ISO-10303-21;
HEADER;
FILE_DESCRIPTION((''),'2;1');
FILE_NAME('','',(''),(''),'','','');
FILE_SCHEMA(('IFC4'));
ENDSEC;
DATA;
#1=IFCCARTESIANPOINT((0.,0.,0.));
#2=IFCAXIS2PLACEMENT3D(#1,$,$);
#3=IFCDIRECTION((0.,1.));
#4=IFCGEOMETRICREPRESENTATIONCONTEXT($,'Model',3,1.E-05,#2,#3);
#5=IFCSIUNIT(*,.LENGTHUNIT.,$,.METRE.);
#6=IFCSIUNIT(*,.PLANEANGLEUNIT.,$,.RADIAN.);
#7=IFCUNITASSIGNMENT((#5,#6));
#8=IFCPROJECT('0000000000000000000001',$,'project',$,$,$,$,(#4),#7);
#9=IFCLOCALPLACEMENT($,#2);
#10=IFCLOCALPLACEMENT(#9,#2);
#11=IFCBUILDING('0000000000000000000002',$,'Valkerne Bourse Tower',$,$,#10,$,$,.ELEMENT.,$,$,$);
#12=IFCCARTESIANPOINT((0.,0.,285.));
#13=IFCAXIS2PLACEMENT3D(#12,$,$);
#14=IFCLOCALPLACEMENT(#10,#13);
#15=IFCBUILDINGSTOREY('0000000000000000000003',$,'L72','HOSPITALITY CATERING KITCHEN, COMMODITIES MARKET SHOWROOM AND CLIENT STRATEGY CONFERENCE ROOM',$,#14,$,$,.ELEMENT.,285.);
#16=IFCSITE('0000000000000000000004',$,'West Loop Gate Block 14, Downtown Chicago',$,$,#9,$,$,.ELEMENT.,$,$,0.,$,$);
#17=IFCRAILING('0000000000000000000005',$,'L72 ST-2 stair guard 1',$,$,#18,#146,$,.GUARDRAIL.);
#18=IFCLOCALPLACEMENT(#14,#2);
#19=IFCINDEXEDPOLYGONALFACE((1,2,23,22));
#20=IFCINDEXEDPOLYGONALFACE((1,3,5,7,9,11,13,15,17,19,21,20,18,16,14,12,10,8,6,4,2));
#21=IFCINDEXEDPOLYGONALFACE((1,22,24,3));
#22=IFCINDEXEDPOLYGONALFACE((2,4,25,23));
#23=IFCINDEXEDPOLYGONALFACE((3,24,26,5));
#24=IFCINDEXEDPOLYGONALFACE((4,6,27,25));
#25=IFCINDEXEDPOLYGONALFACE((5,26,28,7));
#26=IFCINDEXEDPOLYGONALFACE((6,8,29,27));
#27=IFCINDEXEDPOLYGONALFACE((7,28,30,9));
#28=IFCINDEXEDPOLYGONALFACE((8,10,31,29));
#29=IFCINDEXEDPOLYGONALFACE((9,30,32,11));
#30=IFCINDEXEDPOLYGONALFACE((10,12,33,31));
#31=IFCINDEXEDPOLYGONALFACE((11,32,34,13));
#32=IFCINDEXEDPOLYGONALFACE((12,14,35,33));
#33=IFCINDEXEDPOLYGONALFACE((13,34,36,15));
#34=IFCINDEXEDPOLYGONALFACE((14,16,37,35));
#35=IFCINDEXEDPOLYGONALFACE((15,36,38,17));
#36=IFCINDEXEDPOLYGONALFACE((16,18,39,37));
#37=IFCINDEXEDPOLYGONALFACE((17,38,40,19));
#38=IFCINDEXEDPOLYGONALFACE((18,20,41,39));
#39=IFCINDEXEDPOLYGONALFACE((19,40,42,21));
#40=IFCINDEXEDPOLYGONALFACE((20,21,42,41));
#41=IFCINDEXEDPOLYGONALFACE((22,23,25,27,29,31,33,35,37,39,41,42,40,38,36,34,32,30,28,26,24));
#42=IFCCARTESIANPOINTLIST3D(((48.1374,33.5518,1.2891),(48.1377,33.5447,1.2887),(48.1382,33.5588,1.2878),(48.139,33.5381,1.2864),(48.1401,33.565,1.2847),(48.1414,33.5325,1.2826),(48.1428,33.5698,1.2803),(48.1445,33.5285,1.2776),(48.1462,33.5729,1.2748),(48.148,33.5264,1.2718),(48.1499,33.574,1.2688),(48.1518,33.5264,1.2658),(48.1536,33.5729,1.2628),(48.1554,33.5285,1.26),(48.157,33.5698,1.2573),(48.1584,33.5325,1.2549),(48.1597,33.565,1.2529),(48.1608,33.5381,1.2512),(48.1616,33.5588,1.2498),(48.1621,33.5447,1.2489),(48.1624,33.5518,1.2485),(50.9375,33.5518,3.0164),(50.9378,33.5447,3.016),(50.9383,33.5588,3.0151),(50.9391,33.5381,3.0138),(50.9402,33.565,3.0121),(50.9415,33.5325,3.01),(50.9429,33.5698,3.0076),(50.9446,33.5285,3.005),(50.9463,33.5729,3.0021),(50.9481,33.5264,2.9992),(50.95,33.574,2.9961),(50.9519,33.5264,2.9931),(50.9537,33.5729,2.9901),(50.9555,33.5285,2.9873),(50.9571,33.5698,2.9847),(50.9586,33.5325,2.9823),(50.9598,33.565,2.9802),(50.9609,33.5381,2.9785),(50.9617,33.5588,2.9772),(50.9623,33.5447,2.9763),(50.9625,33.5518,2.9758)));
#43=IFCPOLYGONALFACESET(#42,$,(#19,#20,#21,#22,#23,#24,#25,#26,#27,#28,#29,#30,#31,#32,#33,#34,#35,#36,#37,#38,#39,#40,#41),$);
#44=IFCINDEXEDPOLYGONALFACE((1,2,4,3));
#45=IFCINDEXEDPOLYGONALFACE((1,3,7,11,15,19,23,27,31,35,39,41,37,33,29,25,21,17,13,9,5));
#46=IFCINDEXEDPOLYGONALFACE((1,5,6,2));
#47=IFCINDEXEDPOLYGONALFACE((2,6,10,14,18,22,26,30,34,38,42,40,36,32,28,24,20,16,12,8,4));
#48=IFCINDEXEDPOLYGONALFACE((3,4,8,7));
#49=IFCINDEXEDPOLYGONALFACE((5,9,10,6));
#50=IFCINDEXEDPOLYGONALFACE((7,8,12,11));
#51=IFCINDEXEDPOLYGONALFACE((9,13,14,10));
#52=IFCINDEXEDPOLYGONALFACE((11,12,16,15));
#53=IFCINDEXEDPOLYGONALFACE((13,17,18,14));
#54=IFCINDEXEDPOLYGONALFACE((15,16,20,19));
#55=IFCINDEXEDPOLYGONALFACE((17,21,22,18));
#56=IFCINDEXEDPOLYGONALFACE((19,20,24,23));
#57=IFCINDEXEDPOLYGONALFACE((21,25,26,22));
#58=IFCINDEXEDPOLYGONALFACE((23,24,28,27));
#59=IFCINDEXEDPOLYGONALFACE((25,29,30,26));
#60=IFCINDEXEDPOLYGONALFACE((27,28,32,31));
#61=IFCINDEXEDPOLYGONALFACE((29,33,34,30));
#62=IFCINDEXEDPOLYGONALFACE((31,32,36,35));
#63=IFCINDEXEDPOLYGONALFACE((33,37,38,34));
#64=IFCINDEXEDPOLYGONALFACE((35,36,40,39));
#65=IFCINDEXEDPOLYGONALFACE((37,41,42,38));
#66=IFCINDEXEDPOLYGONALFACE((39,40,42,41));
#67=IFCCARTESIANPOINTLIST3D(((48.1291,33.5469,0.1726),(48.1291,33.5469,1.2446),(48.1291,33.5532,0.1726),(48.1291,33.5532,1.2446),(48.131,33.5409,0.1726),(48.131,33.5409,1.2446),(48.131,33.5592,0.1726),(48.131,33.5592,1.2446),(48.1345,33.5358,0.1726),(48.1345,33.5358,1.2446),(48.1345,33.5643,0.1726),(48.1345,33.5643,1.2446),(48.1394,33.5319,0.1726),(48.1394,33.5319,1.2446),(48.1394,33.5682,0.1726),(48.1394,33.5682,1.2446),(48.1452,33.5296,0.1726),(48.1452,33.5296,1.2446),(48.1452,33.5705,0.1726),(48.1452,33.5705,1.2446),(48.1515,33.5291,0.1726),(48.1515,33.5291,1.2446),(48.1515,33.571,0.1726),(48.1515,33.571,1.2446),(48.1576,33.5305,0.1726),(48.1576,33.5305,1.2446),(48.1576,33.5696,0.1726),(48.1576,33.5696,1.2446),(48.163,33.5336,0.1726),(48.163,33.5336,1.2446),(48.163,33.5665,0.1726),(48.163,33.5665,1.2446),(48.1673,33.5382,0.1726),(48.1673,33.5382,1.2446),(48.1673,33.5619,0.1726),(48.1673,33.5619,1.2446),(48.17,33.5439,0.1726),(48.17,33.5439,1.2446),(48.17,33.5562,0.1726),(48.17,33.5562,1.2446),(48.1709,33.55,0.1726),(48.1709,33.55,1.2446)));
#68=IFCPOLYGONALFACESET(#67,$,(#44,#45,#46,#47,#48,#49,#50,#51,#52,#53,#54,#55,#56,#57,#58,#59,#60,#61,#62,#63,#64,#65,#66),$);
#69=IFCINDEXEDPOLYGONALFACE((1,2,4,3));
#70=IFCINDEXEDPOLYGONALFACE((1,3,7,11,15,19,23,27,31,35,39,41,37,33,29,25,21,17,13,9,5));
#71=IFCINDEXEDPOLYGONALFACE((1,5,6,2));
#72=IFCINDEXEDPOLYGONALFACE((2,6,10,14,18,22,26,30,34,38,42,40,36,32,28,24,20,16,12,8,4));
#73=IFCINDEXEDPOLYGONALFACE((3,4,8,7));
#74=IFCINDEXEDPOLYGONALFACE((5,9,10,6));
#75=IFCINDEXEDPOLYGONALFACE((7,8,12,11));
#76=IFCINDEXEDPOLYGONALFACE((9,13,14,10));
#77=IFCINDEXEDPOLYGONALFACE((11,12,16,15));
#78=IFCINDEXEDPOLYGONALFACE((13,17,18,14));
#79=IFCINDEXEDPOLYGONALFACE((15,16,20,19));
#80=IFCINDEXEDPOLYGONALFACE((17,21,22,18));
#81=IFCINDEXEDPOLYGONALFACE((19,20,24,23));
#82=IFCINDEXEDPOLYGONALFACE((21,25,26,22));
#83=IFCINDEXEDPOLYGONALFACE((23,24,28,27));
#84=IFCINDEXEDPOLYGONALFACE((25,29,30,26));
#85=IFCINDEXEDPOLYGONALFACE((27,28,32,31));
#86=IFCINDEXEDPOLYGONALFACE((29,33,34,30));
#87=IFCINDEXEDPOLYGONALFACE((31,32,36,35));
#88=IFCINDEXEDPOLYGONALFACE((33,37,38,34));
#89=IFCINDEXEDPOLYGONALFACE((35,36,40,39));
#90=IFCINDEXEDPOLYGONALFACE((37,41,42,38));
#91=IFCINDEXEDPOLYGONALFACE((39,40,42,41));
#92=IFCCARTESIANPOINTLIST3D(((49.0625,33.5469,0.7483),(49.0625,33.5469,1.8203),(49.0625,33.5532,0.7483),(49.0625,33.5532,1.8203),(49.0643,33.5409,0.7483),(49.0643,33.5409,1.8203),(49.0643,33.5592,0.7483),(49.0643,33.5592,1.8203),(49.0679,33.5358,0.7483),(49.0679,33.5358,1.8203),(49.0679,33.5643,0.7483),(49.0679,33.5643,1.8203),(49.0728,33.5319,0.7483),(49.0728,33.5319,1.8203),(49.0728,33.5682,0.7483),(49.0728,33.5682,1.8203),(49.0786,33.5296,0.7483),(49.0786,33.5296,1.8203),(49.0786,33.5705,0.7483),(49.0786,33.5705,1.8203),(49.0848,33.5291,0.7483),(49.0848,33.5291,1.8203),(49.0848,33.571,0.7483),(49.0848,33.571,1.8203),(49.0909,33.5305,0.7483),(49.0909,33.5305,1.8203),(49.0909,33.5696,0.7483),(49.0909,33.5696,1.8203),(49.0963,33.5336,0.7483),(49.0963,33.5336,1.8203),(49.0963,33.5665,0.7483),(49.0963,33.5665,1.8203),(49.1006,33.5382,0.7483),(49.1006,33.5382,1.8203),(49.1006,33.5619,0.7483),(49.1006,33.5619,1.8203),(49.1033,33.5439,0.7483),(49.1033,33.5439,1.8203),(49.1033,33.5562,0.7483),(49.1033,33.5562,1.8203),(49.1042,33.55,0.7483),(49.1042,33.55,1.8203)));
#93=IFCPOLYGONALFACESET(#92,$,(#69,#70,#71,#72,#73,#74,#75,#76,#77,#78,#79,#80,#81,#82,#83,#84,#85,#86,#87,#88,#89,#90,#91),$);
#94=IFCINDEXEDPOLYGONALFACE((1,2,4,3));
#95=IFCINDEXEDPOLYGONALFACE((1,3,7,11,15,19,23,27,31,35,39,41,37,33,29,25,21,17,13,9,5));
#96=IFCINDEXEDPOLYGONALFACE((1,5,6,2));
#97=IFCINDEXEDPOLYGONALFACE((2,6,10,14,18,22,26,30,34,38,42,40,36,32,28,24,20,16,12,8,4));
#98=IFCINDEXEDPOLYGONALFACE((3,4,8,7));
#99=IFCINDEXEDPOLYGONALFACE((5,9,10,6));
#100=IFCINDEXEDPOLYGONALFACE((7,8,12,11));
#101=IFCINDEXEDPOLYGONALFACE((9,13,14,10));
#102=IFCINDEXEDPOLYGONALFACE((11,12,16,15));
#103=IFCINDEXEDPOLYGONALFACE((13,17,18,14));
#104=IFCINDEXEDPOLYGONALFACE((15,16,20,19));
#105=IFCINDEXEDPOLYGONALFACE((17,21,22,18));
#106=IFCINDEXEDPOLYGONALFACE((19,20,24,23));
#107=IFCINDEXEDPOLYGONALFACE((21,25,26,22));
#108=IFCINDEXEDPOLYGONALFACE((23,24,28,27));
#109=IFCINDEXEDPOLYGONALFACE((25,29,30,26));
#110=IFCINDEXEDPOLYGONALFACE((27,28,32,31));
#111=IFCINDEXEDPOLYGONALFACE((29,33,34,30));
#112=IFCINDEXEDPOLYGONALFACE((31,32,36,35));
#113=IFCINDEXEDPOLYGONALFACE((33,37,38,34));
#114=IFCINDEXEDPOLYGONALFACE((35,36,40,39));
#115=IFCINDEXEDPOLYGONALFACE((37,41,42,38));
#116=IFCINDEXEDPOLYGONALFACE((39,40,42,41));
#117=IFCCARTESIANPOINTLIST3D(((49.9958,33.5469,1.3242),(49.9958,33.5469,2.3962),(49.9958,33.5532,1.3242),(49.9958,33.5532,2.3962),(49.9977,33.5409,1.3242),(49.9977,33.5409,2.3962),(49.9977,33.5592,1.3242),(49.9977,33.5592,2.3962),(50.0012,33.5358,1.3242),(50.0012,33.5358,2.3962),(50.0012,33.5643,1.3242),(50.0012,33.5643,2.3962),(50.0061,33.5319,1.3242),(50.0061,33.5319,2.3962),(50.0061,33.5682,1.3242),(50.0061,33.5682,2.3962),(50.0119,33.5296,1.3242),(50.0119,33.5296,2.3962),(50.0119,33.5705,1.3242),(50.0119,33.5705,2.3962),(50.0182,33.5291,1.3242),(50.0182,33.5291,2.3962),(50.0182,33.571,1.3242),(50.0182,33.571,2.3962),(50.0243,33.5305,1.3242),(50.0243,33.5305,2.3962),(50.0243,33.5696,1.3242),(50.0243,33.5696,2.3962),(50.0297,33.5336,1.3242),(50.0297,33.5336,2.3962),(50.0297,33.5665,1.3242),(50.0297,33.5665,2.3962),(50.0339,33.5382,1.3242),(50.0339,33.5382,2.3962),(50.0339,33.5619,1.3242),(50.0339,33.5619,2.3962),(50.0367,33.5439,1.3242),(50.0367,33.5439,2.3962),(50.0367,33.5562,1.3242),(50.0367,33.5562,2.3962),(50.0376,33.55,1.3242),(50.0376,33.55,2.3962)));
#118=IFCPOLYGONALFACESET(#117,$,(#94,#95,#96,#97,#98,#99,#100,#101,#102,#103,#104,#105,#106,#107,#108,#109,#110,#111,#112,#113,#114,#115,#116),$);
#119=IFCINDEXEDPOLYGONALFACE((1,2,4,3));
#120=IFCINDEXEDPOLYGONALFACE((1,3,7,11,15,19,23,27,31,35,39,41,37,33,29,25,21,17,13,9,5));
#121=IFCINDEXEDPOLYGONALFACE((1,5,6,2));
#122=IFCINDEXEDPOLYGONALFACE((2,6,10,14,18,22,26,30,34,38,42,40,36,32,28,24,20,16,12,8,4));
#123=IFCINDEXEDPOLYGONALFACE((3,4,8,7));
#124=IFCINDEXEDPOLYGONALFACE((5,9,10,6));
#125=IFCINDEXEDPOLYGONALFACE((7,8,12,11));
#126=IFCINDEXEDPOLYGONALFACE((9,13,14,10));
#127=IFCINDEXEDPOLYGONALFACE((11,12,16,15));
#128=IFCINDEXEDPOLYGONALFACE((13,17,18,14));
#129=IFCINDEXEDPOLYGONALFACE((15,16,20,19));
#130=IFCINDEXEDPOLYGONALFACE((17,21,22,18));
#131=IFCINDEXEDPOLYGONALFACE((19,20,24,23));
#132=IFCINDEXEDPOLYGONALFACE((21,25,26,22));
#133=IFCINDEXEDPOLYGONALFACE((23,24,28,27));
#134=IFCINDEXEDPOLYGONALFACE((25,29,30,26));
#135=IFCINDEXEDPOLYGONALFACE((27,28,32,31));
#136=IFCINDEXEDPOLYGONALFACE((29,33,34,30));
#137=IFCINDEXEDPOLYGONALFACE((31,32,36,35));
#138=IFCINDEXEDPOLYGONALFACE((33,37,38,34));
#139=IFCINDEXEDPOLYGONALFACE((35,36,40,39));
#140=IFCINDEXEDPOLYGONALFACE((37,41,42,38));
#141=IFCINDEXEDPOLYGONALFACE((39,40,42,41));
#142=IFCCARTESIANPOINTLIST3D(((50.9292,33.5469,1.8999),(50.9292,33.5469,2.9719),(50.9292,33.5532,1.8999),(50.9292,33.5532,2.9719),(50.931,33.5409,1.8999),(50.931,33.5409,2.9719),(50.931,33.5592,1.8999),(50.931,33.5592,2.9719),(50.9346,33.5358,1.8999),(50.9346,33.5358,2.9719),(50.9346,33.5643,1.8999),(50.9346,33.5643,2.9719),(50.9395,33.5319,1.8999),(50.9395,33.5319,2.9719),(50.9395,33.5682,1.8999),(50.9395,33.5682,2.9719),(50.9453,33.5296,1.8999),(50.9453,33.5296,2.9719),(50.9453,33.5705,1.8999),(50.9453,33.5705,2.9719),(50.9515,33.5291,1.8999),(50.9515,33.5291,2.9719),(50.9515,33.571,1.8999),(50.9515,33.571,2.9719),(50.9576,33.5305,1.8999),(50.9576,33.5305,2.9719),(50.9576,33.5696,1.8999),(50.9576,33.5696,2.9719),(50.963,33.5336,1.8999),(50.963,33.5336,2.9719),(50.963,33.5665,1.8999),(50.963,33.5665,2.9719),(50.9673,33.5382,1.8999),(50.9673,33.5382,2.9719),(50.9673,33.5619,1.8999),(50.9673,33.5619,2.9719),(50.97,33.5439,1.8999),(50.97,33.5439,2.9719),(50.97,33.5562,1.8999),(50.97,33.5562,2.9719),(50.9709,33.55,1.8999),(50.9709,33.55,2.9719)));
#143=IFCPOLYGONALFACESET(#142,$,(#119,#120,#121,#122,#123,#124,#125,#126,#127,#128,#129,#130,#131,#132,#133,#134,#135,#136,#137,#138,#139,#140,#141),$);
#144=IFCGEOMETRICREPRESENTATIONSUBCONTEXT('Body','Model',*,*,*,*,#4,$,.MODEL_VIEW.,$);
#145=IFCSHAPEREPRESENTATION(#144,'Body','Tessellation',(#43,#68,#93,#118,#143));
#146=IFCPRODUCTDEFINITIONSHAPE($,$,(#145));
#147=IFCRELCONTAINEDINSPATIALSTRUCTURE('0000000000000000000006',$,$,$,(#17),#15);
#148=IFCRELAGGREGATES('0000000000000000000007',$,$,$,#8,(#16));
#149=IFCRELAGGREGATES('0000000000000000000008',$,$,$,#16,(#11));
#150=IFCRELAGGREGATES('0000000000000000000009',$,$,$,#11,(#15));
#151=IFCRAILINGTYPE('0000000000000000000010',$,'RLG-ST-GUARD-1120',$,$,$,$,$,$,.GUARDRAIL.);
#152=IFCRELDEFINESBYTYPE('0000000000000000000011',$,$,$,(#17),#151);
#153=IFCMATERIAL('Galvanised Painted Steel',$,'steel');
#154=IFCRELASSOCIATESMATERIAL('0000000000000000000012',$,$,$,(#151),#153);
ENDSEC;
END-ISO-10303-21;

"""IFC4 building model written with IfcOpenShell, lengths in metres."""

from ifc_helpers import new_model, si_unit, direction, frame, origin, origin_2d, place, context, subcontext, project, spatial, circle, extrude, material, type_object, element, save


model = new_model("IFC4")

# Units and contexts
model_context = context("Model", 3, precision=1e-05, world=origin(), true_north=direction((0.0, 1.0)))
body_context = subcontext(model_context, "Body", "Model", "MODEL_VIEW")
ifc_project = project(units=[si_unit("LENGTHUNIT", "METRE"), si_unit("PLANEANGLEUNIT", "RADIAN")], contexts=[model_context])

# Site, building, storey
site_placement = place(None, origin())
site = spatial("IfcSite", under=ifc_project, at=site_placement, Name="West Loop Gate Block 14, Downtown Chicago", CompositionType="ELEMENT", RefElevation=0.0)
building_placement = place(site_placement, origin())
building = spatial("IfcBuilding", under=site, at=building_placement, Name="Valkerne Bourse Tower", CompositionType="ELEMENT")
storey_placement = place(building_placement, frame((0.0, 0.0, 285.0)))
storey = spatial("IfcBuildingStorey", under=building, at=storey_placement, Name="L72", Description="HOSPITALITY CATERING KITCHEN, COMMODITIES MARKET SHOWROOM AND CLIENT STRATEGY CONFERENCE ROOM", CompositionType="ELEMENT", Elevation=285.0)

# Shared definitions
ifc_material_1 = material(Name="Galvanised Painted Steel", Category="steel")

# Railing
railing_type_1 = type_object("IfcRailingType", Name="RLG-ST-GUARD-1120", PredefinedType="GUARDRAIL", material=ifc_material_1)
railing_1_placement = place(storey_placement, frame((48.1499, 33.55, 0.1726)))
element("IfcRailing", 1, at=railing_1_placement, inside=storey, type_object=railing_type_1, Name="L72 ST-2 stair guard 1", PredefinedType="GUARDRAIL", context=body_context, shape_type="SweptSolid", body=[
    extrude(circle(Radius=0.0239, at=origin_2d()), frame((0.0, 0.0, 1.0962), z_axis=(0.85109, 0.0, 0.52502), x_axis=(0.0, 1.0, 0.0)), (0.0, 0.0, 1.0), 3.29),
    extrude(circle(Radius=0.021, at=origin_2d()), origin(), (0.0, 0.0, 1.0), 1.072),
    extrude(circle(Radius=0.021, at=origin_2d()), frame((0.9333, 0.0, 0.5757)), (0.0, 0.0, 1.0), 1.072),
    extrude(circle(Radius=0.021, at=origin_2d()), frame((1.8667, 0.0, 1.1516)), (0.0, 0.0, 1.0), 1.072),
    extrude(circle(Radius=0.021, at=origin_2d()), frame((2.8, 0.0, 1.7273)), (0.0, 0.0, 1.0), 1.072),
])

save(model, "model.ifc")
